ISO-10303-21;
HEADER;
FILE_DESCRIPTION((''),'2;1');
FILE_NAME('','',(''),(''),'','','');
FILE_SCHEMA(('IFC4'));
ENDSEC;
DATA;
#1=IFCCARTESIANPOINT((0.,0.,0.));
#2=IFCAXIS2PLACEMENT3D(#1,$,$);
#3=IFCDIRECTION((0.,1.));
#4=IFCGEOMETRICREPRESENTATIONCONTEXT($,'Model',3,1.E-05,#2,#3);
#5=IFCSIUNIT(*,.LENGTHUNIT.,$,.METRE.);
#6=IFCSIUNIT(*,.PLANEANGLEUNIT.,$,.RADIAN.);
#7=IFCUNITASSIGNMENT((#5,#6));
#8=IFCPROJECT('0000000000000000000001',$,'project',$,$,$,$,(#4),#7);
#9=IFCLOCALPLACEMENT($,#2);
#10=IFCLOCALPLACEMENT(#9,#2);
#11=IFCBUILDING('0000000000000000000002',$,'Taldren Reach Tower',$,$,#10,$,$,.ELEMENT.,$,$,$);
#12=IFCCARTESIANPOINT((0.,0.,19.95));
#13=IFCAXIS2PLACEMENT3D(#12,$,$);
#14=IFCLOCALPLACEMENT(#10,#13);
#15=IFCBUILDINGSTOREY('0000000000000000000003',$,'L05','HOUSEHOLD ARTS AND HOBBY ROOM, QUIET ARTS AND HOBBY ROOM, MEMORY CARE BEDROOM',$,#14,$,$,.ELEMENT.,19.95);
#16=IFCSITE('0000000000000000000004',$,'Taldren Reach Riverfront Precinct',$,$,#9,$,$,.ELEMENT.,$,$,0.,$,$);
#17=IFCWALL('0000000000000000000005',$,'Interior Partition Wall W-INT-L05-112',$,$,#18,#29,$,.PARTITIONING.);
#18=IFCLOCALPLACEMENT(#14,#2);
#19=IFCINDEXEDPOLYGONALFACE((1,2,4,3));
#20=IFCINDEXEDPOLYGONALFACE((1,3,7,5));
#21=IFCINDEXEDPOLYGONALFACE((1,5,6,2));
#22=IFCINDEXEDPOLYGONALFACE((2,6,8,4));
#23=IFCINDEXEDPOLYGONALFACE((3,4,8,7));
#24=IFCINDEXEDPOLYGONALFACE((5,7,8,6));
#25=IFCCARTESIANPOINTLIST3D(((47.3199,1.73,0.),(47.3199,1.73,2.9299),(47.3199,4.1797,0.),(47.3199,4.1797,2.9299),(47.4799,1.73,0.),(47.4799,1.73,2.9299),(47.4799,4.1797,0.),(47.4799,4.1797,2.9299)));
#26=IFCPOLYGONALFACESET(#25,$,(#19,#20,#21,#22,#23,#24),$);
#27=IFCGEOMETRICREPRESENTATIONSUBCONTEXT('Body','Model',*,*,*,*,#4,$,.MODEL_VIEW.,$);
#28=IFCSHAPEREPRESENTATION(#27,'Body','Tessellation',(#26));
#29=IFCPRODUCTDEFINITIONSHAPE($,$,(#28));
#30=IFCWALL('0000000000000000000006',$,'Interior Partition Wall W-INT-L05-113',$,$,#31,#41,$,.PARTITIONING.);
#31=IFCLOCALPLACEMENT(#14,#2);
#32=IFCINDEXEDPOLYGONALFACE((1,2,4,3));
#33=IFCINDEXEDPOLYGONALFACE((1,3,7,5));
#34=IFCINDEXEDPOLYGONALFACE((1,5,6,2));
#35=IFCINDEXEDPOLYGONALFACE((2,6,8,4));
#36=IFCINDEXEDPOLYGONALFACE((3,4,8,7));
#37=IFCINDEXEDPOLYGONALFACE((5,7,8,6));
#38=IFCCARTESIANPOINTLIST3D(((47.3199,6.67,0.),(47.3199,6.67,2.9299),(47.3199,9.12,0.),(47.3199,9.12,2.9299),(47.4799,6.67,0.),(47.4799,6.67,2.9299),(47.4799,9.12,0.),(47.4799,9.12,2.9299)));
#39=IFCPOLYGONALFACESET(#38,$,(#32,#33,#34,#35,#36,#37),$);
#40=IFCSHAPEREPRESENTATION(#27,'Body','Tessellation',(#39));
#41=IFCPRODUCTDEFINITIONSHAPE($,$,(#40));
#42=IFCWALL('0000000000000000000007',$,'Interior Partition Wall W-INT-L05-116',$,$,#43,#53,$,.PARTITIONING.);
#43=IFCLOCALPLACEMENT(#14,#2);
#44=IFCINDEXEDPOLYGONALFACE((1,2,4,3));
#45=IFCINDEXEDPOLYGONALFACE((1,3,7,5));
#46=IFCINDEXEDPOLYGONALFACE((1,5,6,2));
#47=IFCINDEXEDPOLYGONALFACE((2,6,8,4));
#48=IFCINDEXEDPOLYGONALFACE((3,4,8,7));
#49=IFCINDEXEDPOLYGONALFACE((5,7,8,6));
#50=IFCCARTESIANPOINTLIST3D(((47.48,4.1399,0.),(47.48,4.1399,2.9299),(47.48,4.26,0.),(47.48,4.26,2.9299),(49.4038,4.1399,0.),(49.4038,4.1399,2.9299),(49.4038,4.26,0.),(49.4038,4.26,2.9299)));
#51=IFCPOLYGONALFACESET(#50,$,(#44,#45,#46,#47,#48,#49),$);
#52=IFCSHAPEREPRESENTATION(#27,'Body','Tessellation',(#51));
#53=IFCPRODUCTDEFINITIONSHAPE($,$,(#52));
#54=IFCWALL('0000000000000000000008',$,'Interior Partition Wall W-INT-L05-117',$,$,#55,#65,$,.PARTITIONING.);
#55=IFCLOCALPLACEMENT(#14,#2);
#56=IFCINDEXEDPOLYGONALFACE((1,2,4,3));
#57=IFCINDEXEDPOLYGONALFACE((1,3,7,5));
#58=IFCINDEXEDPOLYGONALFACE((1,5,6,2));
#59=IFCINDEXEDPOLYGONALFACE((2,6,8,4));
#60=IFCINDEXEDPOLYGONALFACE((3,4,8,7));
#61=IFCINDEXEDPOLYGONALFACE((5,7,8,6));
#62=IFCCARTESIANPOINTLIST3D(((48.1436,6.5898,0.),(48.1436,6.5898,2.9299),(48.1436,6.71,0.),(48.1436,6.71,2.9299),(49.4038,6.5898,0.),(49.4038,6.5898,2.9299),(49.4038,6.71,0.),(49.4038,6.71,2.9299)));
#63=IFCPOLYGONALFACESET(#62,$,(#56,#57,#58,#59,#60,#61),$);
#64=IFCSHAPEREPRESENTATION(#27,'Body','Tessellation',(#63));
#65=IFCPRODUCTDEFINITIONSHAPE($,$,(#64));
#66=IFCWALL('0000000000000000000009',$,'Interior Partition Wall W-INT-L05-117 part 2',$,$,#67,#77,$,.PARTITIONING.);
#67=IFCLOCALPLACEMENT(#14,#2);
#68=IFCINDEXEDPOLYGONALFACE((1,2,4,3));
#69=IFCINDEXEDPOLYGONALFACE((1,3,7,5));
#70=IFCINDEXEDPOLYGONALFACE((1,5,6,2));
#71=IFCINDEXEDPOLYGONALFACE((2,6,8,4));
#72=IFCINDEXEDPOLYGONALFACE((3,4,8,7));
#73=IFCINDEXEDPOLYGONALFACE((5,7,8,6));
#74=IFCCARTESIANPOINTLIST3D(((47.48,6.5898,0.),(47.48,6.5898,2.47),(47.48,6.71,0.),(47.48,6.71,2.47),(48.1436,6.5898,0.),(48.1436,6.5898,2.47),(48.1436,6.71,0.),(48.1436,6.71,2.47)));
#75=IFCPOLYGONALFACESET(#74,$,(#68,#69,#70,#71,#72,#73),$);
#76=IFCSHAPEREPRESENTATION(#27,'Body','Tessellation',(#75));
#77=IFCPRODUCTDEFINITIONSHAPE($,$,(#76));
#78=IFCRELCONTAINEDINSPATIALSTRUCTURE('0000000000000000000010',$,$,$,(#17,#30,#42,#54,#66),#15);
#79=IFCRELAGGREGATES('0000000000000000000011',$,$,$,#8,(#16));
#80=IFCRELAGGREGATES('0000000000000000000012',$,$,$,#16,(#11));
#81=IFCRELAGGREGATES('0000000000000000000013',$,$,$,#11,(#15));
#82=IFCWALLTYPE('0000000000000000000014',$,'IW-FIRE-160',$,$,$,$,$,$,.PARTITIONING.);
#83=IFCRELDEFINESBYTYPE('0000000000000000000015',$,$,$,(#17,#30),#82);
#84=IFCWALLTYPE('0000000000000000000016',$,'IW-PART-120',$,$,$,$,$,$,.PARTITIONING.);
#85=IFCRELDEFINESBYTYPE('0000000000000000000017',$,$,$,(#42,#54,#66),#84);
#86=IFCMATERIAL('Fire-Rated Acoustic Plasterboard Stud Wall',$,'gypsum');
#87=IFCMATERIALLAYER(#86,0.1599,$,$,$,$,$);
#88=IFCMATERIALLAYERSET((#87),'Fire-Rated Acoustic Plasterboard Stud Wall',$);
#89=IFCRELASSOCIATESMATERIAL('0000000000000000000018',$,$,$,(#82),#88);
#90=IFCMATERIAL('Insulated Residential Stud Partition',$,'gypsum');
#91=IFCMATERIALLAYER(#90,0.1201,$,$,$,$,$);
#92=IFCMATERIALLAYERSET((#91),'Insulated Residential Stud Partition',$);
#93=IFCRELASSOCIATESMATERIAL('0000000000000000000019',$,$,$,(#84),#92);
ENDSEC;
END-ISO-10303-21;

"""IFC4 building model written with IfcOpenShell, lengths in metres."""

from ifc_helpers import new_model, si_unit, direction, frame, frame_2d, origin, place, context, subcontext, project, spatial, rectangle, extrude, source, transform, mapped, material, layer, layer_set, type_object, element, save


model = new_model("IFC4")

# Units and contexts
model_context = context("Model", 3, precision=1e-05, world=origin(), true_north=direction((0.0, 1.0)))
body_context = subcontext(model_context, "Body", "Model", "MODEL_VIEW")
ifc_project = project(units=[si_unit("LENGTHUNIT", "METRE"), si_unit("PLANEANGLEUNIT", "RADIAN")], contexts=[model_context])

# Site, building, storey
site_placement = place(None, origin())
site = spatial("IfcSite", under=ifc_project, at=site_placement, Name="Taldren Reach Riverfront Precinct", CompositionType="ELEMENT", RefElevation=0.0)
building_placement = place(site_placement, origin())
building = spatial("IfcBuilding", under=site, at=building_placement, Name="Taldren Reach Tower", CompositionType="ELEMENT")
storey_placement = place(building_placement, frame((0.0, 0.0, 19.95)))
storey = spatial("IfcBuildingStorey", under=building, at=storey_placement, Name="L05", Description="HOUSEHOLD ARTS AND HOBBY ROOM, QUIET ARTS AND HOBBY ROOM, MEMORY CARE BEDROOM", CompositionType="ELEMENT", Elevation=19.95)

# Shared definitions
ifc_material_1 = material(Name="Fire-Rated Acoustic Plasterboard Stud Wall", Category="gypsum")
ifc_layer_1 = layer(ifc_material_1, 0.1599)
ifc_layer_set_1 = layer_set([ifc_layer_1], Name="Fire-Rated Acoustic Plasterboard Stud Wall")
wall_type_1 = type_object("IfcWallType", Name="IW-FIRE-160", PredefinedType="PARTITIONING", material=ifc_layer_set_1)

# Shared definitions
ifc_material_2 = material(Name="Insulated Residential Stud Partition", Category="gypsum")
ifc_layer_2 = layer(ifc_material_2, 0.1201)
ifc_layer_set_2 = layer_set([ifc_layer_2], Name="Insulated Residential Stud Partition")
wall_type_2 = type_object("IfcWallType", Name="IW-PART-120", PredefinedType="PARTITIONING", material=ifc_layer_set_2)

# Walls
shared_shape_1 = source(origin(), body_context, "Body", "SweptSolid", [
    extrude(rectangle(XDim=2.4497, YDim=0.1599, at=frame_2d((1.2249, 0.0))), origin(), (0.0, 0.0, 1.0), 2.9299),
])
wall_1_placement = place(storey_placement, frame((47.3999, 4.1797, 0.0), z_axis=(0.0, 0.0, 1.0), x_axis=(0.0, -1.0, 0.0)))
element("IfcWall", 1, at=wall_1_placement, inside=storey, type_object=wall_type_1, Name="Interior Partition Wall W-INT-L05-112", PredefinedType="PARTITIONING", context=body_context, shape_type="MappedRepresentation", body=[
    mapped(shared_shape_1, transform((0.0, 0.0, 0.0), scale=1.0)),
])
shared_shape_2 = source(origin(), body_context, "Body", "SweptSolid", [
    extrude(rectangle(XDim=2.45, YDim=0.1599, at=frame_2d((1.2251, 0.0))), origin(), (0.0, 0.0, 1.0), 2.9299),
])
wall_2_placement = place(storey_placement, frame((47.3999, 9.1201, 0.0), z_axis=(0.0, 0.0, 1.0), x_axis=(0.0, -1.0, 0.0)))
element("IfcWall", 2, at=wall_2_placement, inside=storey, type_object=wall_type_1, Name="Interior Partition Wall W-INT-L05-113", PredefinedType="PARTITIONING", context=body_context, shape_type="MappedRepresentation", body=[
    mapped(shared_shape_2, transform((0.0, 0.0, 0.0), scale=1.0)),
])
shared_shape_3 = source(origin(), body_context, "Body", "SweptSolid", [
    extrude(rectangle(XDim=1.9238, YDim=0.1201, at=frame_2d((0.9619, 0.0))), origin(), (0.0, 0.0, 1.0), 2.9299),
])
wall_3_placement = place(storey_placement, frame((47.48, 4.2, 0.0), z_axis=(0.0, 0.0, 1.0), x_axis=(1.0, 0.0, 0.0)))
element("IfcWall", 3, at=wall_3_placement, inside=storey, type_object=wall_type_2, Name="Interior Partition Wall W-INT-L05-116", PredefinedType="PARTITIONING", context=body_context, shape_type="MappedRepresentation", body=[
    mapped(shared_shape_3, transform((0.0, 0.0, 0.0), scale=1.0)),
])
shared_shape_4 = source(origin(), body_context, "Body", "SweptSolid", [
    extrude(rectangle(XDim=1.2603, YDim=0.1201, at=frame_2d((0.6301, 0.0))), origin(), (0.0, 0.0, 1.0), 2.9299),
])
wall_4_placement = place(storey_placement, frame((49.4038, 6.6499, 0.0), z_axis=(0.0, 0.0, 1.0), x_axis=(-1.0, 0.0, 0.0)))
element("IfcWall", 4, at=wall_4_placement, inside=storey, type_object=wall_type_2, Name="Interior Partition Wall W-INT-L05-117", PredefinedType="PARTITIONING", context=body_context, shape_type="MappedRepresentation", body=[
    mapped(shared_shape_4, transform((0.0, 0.0, 0.0), scale=1.0)),
])
shared_shape_5 = source(origin(), body_context, "Body", "SweptSolid", [
    extrude(rectangle(XDim=0.6636, YDim=0.1201, at=frame_2d((0.3318, 0.0))), origin(), (0.0, 0.0, 1.0), 2.47),
])
wall_5_placement = place(storey_placement, frame((48.1436, 6.6499, 0.0), z_axis=(0.0, 0.0, 1.0), x_axis=(-1.0, 0.0, 0.0)))
element("IfcWall", 5, at=wall_5_placement, inside=storey, type_object=wall_type_2, Name="Interior Partition Wall W-INT-L05-117 part 2", PredefinedType="PARTITIONING", context=body_context, shape_type="MappedRepresentation", body=[
    mapped(shared_shape_5, transform((0.0, 0.0, 0.0), scale=1.0)),
])

save(model, "model.ifc")
